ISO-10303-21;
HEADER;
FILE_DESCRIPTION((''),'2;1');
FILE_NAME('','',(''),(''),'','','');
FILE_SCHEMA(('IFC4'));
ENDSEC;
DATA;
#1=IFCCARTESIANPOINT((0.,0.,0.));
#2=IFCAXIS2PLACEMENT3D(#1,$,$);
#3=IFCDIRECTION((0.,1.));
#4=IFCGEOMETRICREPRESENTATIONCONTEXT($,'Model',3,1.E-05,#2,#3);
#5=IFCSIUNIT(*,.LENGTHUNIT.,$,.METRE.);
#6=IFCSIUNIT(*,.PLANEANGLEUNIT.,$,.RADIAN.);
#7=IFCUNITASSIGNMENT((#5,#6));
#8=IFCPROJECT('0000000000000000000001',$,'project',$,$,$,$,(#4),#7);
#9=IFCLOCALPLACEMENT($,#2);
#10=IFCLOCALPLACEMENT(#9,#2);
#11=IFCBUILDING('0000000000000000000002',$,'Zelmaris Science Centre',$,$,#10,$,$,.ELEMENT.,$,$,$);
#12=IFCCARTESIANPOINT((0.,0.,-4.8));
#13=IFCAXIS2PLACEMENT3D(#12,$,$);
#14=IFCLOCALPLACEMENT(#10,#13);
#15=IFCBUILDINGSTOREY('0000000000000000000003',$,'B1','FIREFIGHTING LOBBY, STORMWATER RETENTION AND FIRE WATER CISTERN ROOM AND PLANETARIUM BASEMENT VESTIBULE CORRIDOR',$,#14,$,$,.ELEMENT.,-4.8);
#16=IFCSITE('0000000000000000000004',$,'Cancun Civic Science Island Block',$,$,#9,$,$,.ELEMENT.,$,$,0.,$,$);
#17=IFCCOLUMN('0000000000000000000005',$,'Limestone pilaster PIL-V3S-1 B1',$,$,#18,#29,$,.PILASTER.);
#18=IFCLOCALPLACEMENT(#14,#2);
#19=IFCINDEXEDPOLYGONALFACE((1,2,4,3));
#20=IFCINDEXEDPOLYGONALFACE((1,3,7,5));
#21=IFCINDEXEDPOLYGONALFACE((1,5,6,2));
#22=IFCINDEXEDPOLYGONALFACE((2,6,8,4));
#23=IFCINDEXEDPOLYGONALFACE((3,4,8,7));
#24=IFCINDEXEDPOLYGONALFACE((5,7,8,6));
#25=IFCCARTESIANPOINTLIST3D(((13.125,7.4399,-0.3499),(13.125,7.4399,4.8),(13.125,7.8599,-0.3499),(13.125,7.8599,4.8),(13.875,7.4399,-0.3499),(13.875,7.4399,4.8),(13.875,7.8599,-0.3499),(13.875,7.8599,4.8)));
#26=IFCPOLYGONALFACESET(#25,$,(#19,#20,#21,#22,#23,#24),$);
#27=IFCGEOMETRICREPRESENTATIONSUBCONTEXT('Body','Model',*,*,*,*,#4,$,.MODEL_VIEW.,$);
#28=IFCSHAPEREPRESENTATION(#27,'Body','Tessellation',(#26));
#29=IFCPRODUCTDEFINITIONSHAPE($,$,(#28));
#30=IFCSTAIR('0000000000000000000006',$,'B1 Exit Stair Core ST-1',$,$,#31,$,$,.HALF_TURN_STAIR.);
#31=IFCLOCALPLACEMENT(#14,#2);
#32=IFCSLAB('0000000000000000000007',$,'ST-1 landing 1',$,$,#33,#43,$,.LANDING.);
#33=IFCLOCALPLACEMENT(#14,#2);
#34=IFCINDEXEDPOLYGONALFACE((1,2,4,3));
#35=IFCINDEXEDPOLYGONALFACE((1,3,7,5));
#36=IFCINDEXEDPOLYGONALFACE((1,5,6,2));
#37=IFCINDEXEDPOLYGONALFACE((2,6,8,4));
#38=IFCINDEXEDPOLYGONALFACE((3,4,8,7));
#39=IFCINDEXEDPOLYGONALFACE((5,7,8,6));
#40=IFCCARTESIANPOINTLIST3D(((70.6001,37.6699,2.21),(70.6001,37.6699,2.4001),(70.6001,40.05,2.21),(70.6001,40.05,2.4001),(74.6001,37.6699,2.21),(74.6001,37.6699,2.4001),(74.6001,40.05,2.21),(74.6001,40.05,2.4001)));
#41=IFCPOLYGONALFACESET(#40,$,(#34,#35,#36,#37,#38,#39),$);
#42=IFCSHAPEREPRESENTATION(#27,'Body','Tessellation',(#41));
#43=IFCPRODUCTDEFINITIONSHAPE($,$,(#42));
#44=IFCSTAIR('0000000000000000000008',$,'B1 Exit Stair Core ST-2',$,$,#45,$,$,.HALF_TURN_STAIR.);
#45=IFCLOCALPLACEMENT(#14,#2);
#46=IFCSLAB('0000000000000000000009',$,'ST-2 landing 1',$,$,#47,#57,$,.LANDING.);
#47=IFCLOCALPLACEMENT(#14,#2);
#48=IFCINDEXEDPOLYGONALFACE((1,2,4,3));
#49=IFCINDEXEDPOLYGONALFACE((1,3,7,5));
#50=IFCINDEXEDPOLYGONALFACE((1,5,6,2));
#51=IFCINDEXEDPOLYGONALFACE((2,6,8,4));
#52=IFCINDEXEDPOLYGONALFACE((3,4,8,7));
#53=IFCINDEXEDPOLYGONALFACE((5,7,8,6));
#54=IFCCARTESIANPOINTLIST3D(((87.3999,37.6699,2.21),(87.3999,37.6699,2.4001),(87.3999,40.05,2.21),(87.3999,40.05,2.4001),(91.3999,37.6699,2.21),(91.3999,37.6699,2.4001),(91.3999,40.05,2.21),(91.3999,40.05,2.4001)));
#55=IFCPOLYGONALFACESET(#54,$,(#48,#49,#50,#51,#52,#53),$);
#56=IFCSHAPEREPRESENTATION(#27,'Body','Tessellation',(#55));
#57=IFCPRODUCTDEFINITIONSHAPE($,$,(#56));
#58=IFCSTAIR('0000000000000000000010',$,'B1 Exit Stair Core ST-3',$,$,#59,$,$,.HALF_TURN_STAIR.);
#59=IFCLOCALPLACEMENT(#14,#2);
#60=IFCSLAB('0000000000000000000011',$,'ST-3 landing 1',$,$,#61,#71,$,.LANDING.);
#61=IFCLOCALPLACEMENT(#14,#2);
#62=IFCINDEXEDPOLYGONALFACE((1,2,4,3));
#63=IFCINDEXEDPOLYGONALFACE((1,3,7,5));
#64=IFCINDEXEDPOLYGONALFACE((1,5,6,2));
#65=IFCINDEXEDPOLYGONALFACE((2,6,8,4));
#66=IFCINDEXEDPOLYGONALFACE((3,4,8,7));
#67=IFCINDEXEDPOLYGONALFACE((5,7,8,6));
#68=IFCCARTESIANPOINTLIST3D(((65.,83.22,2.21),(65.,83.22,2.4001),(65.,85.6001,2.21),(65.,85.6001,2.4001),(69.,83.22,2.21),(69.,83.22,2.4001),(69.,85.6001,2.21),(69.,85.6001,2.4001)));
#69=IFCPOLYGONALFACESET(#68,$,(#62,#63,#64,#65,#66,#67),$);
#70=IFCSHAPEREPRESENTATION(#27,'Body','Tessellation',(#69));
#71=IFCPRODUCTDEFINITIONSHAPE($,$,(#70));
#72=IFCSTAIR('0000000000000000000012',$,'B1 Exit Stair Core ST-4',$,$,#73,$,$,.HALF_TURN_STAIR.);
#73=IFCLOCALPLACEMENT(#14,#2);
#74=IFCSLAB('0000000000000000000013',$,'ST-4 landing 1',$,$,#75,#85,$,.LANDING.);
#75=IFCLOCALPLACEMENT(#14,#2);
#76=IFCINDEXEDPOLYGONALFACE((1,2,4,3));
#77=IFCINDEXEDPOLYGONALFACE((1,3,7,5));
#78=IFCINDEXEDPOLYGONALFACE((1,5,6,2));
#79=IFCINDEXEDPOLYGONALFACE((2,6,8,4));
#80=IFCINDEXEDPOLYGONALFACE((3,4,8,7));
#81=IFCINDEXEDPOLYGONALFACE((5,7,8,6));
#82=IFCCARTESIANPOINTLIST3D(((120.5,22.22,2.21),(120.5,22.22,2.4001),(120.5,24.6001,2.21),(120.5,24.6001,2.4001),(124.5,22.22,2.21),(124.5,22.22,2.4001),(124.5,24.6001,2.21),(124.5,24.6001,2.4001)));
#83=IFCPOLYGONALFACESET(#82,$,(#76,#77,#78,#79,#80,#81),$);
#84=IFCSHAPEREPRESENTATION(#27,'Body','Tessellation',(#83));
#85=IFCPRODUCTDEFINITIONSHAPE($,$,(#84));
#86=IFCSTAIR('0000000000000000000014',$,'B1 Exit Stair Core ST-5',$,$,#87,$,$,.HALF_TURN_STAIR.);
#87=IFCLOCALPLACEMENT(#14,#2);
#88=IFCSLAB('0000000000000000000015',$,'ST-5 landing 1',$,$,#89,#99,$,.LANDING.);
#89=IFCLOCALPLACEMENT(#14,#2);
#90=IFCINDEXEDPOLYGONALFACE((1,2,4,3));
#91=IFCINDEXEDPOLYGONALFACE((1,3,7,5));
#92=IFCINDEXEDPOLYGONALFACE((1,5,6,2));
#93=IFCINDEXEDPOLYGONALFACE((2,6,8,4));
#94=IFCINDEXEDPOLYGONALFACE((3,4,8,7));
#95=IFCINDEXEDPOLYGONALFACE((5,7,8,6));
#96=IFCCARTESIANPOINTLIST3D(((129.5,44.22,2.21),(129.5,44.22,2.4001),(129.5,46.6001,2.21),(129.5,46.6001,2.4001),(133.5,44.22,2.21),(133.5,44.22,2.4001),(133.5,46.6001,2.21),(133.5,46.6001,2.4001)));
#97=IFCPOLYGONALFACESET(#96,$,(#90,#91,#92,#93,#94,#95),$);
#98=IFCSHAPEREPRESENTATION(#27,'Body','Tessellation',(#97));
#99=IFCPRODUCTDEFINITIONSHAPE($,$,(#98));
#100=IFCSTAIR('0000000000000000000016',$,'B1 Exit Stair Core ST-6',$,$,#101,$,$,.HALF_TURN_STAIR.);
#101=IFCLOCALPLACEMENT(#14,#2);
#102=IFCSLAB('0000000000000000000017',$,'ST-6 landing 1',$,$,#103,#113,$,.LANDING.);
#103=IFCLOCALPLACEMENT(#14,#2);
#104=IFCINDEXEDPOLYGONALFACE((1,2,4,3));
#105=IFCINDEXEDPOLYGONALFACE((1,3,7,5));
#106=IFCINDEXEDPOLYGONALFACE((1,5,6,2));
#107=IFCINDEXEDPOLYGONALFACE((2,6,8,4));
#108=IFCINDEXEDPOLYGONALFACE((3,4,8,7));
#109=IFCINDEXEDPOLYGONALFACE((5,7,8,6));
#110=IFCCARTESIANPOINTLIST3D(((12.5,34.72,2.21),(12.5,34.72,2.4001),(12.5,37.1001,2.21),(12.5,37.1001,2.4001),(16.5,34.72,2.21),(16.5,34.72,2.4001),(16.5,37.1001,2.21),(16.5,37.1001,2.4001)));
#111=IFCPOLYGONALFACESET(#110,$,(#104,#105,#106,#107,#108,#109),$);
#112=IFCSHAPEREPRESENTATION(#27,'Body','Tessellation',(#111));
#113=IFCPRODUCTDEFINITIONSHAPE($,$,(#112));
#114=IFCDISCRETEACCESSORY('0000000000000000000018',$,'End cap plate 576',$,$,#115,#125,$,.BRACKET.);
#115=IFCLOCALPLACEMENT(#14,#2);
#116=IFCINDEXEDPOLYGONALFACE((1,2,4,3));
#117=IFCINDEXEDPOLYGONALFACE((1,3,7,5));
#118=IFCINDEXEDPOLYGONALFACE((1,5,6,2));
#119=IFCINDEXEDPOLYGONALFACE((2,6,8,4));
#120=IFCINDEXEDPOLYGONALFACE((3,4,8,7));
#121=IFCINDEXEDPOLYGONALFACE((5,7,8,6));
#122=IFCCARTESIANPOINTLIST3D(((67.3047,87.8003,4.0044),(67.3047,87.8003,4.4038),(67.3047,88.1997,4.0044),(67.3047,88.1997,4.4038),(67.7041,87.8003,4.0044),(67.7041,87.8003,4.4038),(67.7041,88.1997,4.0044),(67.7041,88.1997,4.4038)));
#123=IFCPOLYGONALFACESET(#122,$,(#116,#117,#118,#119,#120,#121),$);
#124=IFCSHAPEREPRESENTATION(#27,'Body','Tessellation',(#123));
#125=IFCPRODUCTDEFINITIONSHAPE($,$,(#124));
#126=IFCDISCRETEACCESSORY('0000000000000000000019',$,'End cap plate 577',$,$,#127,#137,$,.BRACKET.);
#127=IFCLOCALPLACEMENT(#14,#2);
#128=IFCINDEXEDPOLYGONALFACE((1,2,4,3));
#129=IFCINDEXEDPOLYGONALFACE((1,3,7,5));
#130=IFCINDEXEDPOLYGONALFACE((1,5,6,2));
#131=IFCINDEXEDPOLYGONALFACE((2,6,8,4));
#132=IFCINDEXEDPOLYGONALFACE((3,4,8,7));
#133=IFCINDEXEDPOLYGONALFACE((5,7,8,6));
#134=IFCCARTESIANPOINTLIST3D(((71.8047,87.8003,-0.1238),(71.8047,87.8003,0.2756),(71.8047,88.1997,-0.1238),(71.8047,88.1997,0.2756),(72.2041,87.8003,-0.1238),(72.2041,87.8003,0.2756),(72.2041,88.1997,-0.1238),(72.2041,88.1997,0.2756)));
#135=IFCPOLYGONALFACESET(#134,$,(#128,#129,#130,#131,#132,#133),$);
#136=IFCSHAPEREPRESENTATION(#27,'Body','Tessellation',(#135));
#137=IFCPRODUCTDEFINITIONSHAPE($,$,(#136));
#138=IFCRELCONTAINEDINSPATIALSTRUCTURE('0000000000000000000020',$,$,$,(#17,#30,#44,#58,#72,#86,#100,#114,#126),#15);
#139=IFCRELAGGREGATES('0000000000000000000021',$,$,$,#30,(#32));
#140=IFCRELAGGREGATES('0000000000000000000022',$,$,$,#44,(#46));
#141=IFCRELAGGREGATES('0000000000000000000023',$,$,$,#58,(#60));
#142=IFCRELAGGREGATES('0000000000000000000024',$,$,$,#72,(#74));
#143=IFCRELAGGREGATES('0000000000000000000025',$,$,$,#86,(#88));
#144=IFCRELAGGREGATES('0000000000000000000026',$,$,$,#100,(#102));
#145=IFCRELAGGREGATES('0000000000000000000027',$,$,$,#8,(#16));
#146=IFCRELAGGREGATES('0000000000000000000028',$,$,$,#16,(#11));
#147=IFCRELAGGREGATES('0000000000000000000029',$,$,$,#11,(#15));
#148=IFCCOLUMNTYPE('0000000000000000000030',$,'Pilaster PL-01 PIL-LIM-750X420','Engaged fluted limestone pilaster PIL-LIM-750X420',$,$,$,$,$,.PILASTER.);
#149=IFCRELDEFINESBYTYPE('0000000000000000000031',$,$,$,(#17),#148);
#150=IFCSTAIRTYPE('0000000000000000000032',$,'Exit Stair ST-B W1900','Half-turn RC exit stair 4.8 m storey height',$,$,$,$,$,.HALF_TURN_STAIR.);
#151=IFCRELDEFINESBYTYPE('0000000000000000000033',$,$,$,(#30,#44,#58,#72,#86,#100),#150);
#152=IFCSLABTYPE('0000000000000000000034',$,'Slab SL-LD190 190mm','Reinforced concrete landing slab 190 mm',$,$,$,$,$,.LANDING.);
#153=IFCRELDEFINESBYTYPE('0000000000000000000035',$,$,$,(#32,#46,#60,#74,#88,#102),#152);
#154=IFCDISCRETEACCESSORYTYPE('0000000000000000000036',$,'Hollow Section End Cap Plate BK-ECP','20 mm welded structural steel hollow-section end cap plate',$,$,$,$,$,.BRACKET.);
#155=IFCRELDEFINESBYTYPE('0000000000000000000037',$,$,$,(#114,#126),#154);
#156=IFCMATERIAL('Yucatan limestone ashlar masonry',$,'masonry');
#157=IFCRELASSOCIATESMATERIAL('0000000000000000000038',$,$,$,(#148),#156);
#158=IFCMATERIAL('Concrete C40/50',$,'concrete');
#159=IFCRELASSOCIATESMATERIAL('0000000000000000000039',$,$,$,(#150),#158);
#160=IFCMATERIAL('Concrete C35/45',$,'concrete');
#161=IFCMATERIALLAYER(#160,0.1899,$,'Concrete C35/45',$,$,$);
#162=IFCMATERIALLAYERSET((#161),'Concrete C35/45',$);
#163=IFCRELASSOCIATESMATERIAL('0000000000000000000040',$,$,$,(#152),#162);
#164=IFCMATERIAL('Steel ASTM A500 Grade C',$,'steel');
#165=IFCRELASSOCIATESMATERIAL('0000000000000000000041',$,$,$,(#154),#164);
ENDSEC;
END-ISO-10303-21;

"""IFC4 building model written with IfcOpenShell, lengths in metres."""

from ifc_helpers import new_model, si_unit, direction, frame, origin, origin_2d, place, context, subcontext, project, spatial, polyline, rectangle, outline, extrude, material, layer, layer_set, material_profile, profile_set, type_object, element, aggregate, save


model = new_model("IFC4")

# Units and contexts
model_context = context("Model", 3, precision=1e-05, world=origin(), true_north=direction((0.0, 1.0)))
body_context = subcontext(model_context, "Body", "Model", "MODEL_VIEW")
ifc_project = project(units=[si_unit("LENGTHUNIT", "METRE"), si_unit("PLANEANGLEUNIT", "RADIAN")], contexts=[model_context])

# Site, building, storey
site_placement = place(None, origin())
site = spatial("IfcSite", under=ifc_project, at=site_placement, Name="Cancun Civic Science Island Block", CompositionType="ELEMENT", RefElevation=0.0)
building_placement = place(site_placement, origin())
building = spatial("IfcBuilding", under=site, at=building_placement, Name="Zelmaris Science Centre", CompositionType="ELEMENT")
storey_placement = place(building_placement, frame((0.0, 0.0, -4.8)))
storey = spatial("IfcBuildingStorey", under=building, at=storey_placement, Name="B1", Description="FIREFIGHTING LOBBY, STORMWATER RETENTION AND FIRE WATER CISTERN ROOM AND PLANETARIUM BASEMENT VESTIBULE CORRIDOR", CompositionType="ELEMENT", Elevation=-4.8)

# Shared definitions
ifc_material_1 = material(Name="Concrete C40/50", Category="concrete")

# Column
ifc_material_2 = material(Name="Yucatan limestone ashlar masonry", Category="masonry")
ifc_material_profile_1 = material_profile(ifc_material_2, rectangle(XDim=0.75, YDim=0.4199, at=origin_2d()), Name="PIL-LIM-750X420")
ifc_profile_set_1 = profile_set([ifc_material_profile_1], Name="Yucatan limestone ashlar masonry")
column_type_1 = type_object("IfcColumnType", Name="Pilaster PL-01 PIL-LIM-750X420", Description="Engaged fluted limestone pilaster PIL-LIM-750X420", PredefinedType="PILASTER", material=ifc_profile_set_1)
column_1_placement = place(storey_placement, frame((13.5, 7.6499, -0.3499), z_axis=(0.0, 0.0, 1.0), x_axis=(1.0, 0.0, 0.0)))
element("IfcColumn", 1, at=column_1_placement, inside=storey, type_object=column_type_1, Name="Limestone pilaster PIL-V3S-1 B1", PredefinedType="PILASTER", context=body_context, shape_type="SweptSolid", body=[
    extrude(rectangle(XDim=0.75, YDim=0.4199, at=origin_2d()), origin(), (0.0, 0.0, 1.0), 5.1499),
])

# Stairs, slabs
stair_type = type_object("IfcStairType", Name="Exit Stair ST-B W1900", Description="Half-turn RC exit stair 4.8 m storey height", PredefinedType="HALF_TURN_STAIR", material=ifc_material_1)
stair_1_placement = place(storey_placement, origin())
stair_1 = element("IfcStair", 2, at=stair_1_placement, inside=storey, type_object=stair_type, Name="B1 Exit Stair Core ST-1", PredefinedType="HALF_TURN_STAIR")
ifc_material_3 = material(Name="Concrete C35/45", Category="concrete")
ifc_layer = layer(ifc_material_3, 0.1899, Name="Concrete C35/45")
ifc_layer_set = layer_set([ifc_layer], Name="Concrete C35/45")
slab_type = type_object("IfcSlabType", Name="Slab SL-LD190 190mm", Description="Reinforced concrete landing slab 190 mm", PredefinedType="LANDING", material=ifc_layer_set)
slab_1_placement = place(storey_placement, frame((0.0, 0.0, 2.21)))
slab_1 = element("IfcSlab", 3, at=slab_1_placement, type_object=slab_type, Name="ST-1 landing 1", PredefinedType="LANDING", context=body_context, shape_type="SweptSolid", body=[
    extrude(outline(polyline([(74.6001, 37.6699), (74.6001, 40.05), (70.6001, 40.05), (70.6001, 37.6699), (74.6001, 37.6699)])), origin(), (0.0, 0.0, 1.0), 0.1902),
])
aggregate(stair_1, [slab_1])
stair_2_placement = place(storey_placement, origin())
stair_2 = element("IfcStair", 4, at=stair_2_placement, inside=storey, type_object=stair_type, Name="B1 Exit Stair Core ST-2", PredefinedType="HALF_TURN_STAIR")
slab_2_placement = place(storey_placement, frame((0.0, 0.0, 2.21)))
slab_2 = element("IfcSlab", 5, at=slab_2_placement, type_object=slab_type, Name="ST-2 landing 1", PredefinedType="LANDING", context=body_context, shape_type="SweptSolid", body=[
    extrude(outline(polyline([(91.3999, 37.6699), (91.3999, 40.05), (87.3999, 40.05), (87.3999, 37.6699), (91.3999, 37.6699)])), origin(), (0.0, 0.0, 1.0), 0.1902),
])
aggregate(stair_2, [slab_2])
stair_3_placement = place(storey_placement, origin())
stair_3 = element("IfcStair", 6, at=stair_3_placement, inside=storey, type_object=stair_type, Name="B1 Exit Stair Core ST-3", PredefinedType="HALF_TURN_STAIR")
slab_3_placement = place(storey_placement, frame((0.0, 0.0, 2.21)))
slab_3 = element("IfcSlab", 7, at=slab_3_placement, type_object=slab_type, Name="ST-3 landing 1", PredefinedType="LANDING", context=body_context, shape_type="SweptSolid", body=[
    extrude(outline(polyline([(69.0, 83.22), (69.0, 85.6001), (65.0, 85.6001), (65.0, 83.22), (69.0, 83.22)])), origin(), (0.0, 0.0, 1.0), 0.1902),
])
aggregate(stair_3, [slab_3])
stair_4_placement = place(storey_placement, origin())
stair_4 = element("IfcStair", 8, at=stair_4_placement, inside=storey, type_object=stair_type, Name="B1 Exit Stair Core ST-4", PredefinedType="HALF_TURN_STAIR")
slab_4_placement = place(storey_placement, frame((0.0, 0.0, 2.21)))
slab_4 = element("IfcSlab", 9, at=slab_4_placement, type_object=slab_type, Name="ST-4 landing 1", PredefinedType="LANDING", context=body_context, shape_type="SweptSolid", body=[
    extrude(outline(polyline([(124.5, 22.22), (124.5, 24.6001), (120.5, 24.6001), (120.5, 22.22), (124.5, 22.22)])), origin(), (0.0, 0.0, 1.0), 0.1902),
])
aggregate(stair_4, [slab_4])
stair_5_placement = place(storey_placement, origin())
stair_5 = element("IfcStair", 10, at=stair_5_placement, inside=storey, type_object=stair_type, Name="B1 Exit Stair Core ST-5", PredefinedType="HALF_TURN_STAIR")
slab_5_placement = place(storey_placement, frame((0.0, 0.0, 2.21)))
slab_5 = element("IfcSlab", 11, at=slab_5_placement, type_object=slab_type, Name="ST-5 landing 1", PredefinedType="LANDING", context=body_context, shape_type="SweptSolid", body=[
    extrude(outline(polyline([(133.5, 44.22), (133.5, 46.6001), (129.5, 46.6001), (129.5, 44.22), (133.5, 44.22)])), origin(), (0.0, 0.0, 1.0), 0.1902),
])
aggregate(stair_5, [slab_5])
stair_6_placement = place(storey_placement, origin())
stair_6 = element("IfcStair", 12, at=stair_6_placement, inside=storey, type_object=stair_type, Name="B1 Exit Stair Core ST-6", PredefinedType="HALF_TURN_STAIR")
slab_6_placement = place(storey_placement, frame((0.0, 0.0, 2.21)))
slab_6 = element("IfcSlab", 13, at=slab_6_placement, type_object=slab_type, Name="ST-6 landing 1", PredefinedType="LANDING", context=body_context, shape_type="SweptSolid", body=[
    extrude(outline(polyline([(16.5, 34.72), (16.5, 37.1001), (12.5, 37.1001), (12.5, 34.72), (16.5, 34.72)])), origin(), (0.0, 0.0, 1.0), 0.1902),
])
aggregate(stair_6, [slab_6])

# Discrete accessories
ifc_material_4 = material(Name="Steel ASTM A500 Grade C", Category="steel")
discrete_accessory_type = type_object("IfcDiscreteAccessoryType", Name="Hollow Section End Cap Plate BK-ECP", Description="20 mm welded structural steel hollow-section end cap plate", PredefinedType="BRACKET", material=ifc_material_4)
discrete_accessory_1_placement = place(storey_placement, frame((0.0, 0.0, 4.0044)))
element("IfcDiscreteAccessory", 14, at=discrete_accessory_1_placement, inside=storey, type_object=discrete_accessory_type, Name="End cap plate 576", PredefinedType="BRACKET", context=body_context, shape_type="SweptSolid", body=[
    extrude(outline(polyline([(67.3047, 87.8003), (67.7041, 87.8003), (67.7041, 88.1997), (67.3047, 88.1997), (67.3047, 87.8003)])), origin(), (0.0, 0.0, 1.0), 0.3994),
])
discrete_accessory_2_placement = place(storey_placement, frame((0.0, 0.0, -0.1238)))
element("IfcDiscreteAccessory", 15, at=discrete_accessory_2_placement, inside=storey, type_object=discrete_accessory_type, Name="End cap plate 577", PredefinedType="BRACKET", context=body_context, shape_type="SweptSolid", body=[
    extrude(outline(polyline([(71.8047, 87.8003), (72.2041, 87.8003), (72.2041, 88.1997), (71.8047, 88.1997), (71.8047, 87.8003)])), origin(), (0.0, 0.0, 1.0), 0.3994),
])

save(model, "model.ifc")
